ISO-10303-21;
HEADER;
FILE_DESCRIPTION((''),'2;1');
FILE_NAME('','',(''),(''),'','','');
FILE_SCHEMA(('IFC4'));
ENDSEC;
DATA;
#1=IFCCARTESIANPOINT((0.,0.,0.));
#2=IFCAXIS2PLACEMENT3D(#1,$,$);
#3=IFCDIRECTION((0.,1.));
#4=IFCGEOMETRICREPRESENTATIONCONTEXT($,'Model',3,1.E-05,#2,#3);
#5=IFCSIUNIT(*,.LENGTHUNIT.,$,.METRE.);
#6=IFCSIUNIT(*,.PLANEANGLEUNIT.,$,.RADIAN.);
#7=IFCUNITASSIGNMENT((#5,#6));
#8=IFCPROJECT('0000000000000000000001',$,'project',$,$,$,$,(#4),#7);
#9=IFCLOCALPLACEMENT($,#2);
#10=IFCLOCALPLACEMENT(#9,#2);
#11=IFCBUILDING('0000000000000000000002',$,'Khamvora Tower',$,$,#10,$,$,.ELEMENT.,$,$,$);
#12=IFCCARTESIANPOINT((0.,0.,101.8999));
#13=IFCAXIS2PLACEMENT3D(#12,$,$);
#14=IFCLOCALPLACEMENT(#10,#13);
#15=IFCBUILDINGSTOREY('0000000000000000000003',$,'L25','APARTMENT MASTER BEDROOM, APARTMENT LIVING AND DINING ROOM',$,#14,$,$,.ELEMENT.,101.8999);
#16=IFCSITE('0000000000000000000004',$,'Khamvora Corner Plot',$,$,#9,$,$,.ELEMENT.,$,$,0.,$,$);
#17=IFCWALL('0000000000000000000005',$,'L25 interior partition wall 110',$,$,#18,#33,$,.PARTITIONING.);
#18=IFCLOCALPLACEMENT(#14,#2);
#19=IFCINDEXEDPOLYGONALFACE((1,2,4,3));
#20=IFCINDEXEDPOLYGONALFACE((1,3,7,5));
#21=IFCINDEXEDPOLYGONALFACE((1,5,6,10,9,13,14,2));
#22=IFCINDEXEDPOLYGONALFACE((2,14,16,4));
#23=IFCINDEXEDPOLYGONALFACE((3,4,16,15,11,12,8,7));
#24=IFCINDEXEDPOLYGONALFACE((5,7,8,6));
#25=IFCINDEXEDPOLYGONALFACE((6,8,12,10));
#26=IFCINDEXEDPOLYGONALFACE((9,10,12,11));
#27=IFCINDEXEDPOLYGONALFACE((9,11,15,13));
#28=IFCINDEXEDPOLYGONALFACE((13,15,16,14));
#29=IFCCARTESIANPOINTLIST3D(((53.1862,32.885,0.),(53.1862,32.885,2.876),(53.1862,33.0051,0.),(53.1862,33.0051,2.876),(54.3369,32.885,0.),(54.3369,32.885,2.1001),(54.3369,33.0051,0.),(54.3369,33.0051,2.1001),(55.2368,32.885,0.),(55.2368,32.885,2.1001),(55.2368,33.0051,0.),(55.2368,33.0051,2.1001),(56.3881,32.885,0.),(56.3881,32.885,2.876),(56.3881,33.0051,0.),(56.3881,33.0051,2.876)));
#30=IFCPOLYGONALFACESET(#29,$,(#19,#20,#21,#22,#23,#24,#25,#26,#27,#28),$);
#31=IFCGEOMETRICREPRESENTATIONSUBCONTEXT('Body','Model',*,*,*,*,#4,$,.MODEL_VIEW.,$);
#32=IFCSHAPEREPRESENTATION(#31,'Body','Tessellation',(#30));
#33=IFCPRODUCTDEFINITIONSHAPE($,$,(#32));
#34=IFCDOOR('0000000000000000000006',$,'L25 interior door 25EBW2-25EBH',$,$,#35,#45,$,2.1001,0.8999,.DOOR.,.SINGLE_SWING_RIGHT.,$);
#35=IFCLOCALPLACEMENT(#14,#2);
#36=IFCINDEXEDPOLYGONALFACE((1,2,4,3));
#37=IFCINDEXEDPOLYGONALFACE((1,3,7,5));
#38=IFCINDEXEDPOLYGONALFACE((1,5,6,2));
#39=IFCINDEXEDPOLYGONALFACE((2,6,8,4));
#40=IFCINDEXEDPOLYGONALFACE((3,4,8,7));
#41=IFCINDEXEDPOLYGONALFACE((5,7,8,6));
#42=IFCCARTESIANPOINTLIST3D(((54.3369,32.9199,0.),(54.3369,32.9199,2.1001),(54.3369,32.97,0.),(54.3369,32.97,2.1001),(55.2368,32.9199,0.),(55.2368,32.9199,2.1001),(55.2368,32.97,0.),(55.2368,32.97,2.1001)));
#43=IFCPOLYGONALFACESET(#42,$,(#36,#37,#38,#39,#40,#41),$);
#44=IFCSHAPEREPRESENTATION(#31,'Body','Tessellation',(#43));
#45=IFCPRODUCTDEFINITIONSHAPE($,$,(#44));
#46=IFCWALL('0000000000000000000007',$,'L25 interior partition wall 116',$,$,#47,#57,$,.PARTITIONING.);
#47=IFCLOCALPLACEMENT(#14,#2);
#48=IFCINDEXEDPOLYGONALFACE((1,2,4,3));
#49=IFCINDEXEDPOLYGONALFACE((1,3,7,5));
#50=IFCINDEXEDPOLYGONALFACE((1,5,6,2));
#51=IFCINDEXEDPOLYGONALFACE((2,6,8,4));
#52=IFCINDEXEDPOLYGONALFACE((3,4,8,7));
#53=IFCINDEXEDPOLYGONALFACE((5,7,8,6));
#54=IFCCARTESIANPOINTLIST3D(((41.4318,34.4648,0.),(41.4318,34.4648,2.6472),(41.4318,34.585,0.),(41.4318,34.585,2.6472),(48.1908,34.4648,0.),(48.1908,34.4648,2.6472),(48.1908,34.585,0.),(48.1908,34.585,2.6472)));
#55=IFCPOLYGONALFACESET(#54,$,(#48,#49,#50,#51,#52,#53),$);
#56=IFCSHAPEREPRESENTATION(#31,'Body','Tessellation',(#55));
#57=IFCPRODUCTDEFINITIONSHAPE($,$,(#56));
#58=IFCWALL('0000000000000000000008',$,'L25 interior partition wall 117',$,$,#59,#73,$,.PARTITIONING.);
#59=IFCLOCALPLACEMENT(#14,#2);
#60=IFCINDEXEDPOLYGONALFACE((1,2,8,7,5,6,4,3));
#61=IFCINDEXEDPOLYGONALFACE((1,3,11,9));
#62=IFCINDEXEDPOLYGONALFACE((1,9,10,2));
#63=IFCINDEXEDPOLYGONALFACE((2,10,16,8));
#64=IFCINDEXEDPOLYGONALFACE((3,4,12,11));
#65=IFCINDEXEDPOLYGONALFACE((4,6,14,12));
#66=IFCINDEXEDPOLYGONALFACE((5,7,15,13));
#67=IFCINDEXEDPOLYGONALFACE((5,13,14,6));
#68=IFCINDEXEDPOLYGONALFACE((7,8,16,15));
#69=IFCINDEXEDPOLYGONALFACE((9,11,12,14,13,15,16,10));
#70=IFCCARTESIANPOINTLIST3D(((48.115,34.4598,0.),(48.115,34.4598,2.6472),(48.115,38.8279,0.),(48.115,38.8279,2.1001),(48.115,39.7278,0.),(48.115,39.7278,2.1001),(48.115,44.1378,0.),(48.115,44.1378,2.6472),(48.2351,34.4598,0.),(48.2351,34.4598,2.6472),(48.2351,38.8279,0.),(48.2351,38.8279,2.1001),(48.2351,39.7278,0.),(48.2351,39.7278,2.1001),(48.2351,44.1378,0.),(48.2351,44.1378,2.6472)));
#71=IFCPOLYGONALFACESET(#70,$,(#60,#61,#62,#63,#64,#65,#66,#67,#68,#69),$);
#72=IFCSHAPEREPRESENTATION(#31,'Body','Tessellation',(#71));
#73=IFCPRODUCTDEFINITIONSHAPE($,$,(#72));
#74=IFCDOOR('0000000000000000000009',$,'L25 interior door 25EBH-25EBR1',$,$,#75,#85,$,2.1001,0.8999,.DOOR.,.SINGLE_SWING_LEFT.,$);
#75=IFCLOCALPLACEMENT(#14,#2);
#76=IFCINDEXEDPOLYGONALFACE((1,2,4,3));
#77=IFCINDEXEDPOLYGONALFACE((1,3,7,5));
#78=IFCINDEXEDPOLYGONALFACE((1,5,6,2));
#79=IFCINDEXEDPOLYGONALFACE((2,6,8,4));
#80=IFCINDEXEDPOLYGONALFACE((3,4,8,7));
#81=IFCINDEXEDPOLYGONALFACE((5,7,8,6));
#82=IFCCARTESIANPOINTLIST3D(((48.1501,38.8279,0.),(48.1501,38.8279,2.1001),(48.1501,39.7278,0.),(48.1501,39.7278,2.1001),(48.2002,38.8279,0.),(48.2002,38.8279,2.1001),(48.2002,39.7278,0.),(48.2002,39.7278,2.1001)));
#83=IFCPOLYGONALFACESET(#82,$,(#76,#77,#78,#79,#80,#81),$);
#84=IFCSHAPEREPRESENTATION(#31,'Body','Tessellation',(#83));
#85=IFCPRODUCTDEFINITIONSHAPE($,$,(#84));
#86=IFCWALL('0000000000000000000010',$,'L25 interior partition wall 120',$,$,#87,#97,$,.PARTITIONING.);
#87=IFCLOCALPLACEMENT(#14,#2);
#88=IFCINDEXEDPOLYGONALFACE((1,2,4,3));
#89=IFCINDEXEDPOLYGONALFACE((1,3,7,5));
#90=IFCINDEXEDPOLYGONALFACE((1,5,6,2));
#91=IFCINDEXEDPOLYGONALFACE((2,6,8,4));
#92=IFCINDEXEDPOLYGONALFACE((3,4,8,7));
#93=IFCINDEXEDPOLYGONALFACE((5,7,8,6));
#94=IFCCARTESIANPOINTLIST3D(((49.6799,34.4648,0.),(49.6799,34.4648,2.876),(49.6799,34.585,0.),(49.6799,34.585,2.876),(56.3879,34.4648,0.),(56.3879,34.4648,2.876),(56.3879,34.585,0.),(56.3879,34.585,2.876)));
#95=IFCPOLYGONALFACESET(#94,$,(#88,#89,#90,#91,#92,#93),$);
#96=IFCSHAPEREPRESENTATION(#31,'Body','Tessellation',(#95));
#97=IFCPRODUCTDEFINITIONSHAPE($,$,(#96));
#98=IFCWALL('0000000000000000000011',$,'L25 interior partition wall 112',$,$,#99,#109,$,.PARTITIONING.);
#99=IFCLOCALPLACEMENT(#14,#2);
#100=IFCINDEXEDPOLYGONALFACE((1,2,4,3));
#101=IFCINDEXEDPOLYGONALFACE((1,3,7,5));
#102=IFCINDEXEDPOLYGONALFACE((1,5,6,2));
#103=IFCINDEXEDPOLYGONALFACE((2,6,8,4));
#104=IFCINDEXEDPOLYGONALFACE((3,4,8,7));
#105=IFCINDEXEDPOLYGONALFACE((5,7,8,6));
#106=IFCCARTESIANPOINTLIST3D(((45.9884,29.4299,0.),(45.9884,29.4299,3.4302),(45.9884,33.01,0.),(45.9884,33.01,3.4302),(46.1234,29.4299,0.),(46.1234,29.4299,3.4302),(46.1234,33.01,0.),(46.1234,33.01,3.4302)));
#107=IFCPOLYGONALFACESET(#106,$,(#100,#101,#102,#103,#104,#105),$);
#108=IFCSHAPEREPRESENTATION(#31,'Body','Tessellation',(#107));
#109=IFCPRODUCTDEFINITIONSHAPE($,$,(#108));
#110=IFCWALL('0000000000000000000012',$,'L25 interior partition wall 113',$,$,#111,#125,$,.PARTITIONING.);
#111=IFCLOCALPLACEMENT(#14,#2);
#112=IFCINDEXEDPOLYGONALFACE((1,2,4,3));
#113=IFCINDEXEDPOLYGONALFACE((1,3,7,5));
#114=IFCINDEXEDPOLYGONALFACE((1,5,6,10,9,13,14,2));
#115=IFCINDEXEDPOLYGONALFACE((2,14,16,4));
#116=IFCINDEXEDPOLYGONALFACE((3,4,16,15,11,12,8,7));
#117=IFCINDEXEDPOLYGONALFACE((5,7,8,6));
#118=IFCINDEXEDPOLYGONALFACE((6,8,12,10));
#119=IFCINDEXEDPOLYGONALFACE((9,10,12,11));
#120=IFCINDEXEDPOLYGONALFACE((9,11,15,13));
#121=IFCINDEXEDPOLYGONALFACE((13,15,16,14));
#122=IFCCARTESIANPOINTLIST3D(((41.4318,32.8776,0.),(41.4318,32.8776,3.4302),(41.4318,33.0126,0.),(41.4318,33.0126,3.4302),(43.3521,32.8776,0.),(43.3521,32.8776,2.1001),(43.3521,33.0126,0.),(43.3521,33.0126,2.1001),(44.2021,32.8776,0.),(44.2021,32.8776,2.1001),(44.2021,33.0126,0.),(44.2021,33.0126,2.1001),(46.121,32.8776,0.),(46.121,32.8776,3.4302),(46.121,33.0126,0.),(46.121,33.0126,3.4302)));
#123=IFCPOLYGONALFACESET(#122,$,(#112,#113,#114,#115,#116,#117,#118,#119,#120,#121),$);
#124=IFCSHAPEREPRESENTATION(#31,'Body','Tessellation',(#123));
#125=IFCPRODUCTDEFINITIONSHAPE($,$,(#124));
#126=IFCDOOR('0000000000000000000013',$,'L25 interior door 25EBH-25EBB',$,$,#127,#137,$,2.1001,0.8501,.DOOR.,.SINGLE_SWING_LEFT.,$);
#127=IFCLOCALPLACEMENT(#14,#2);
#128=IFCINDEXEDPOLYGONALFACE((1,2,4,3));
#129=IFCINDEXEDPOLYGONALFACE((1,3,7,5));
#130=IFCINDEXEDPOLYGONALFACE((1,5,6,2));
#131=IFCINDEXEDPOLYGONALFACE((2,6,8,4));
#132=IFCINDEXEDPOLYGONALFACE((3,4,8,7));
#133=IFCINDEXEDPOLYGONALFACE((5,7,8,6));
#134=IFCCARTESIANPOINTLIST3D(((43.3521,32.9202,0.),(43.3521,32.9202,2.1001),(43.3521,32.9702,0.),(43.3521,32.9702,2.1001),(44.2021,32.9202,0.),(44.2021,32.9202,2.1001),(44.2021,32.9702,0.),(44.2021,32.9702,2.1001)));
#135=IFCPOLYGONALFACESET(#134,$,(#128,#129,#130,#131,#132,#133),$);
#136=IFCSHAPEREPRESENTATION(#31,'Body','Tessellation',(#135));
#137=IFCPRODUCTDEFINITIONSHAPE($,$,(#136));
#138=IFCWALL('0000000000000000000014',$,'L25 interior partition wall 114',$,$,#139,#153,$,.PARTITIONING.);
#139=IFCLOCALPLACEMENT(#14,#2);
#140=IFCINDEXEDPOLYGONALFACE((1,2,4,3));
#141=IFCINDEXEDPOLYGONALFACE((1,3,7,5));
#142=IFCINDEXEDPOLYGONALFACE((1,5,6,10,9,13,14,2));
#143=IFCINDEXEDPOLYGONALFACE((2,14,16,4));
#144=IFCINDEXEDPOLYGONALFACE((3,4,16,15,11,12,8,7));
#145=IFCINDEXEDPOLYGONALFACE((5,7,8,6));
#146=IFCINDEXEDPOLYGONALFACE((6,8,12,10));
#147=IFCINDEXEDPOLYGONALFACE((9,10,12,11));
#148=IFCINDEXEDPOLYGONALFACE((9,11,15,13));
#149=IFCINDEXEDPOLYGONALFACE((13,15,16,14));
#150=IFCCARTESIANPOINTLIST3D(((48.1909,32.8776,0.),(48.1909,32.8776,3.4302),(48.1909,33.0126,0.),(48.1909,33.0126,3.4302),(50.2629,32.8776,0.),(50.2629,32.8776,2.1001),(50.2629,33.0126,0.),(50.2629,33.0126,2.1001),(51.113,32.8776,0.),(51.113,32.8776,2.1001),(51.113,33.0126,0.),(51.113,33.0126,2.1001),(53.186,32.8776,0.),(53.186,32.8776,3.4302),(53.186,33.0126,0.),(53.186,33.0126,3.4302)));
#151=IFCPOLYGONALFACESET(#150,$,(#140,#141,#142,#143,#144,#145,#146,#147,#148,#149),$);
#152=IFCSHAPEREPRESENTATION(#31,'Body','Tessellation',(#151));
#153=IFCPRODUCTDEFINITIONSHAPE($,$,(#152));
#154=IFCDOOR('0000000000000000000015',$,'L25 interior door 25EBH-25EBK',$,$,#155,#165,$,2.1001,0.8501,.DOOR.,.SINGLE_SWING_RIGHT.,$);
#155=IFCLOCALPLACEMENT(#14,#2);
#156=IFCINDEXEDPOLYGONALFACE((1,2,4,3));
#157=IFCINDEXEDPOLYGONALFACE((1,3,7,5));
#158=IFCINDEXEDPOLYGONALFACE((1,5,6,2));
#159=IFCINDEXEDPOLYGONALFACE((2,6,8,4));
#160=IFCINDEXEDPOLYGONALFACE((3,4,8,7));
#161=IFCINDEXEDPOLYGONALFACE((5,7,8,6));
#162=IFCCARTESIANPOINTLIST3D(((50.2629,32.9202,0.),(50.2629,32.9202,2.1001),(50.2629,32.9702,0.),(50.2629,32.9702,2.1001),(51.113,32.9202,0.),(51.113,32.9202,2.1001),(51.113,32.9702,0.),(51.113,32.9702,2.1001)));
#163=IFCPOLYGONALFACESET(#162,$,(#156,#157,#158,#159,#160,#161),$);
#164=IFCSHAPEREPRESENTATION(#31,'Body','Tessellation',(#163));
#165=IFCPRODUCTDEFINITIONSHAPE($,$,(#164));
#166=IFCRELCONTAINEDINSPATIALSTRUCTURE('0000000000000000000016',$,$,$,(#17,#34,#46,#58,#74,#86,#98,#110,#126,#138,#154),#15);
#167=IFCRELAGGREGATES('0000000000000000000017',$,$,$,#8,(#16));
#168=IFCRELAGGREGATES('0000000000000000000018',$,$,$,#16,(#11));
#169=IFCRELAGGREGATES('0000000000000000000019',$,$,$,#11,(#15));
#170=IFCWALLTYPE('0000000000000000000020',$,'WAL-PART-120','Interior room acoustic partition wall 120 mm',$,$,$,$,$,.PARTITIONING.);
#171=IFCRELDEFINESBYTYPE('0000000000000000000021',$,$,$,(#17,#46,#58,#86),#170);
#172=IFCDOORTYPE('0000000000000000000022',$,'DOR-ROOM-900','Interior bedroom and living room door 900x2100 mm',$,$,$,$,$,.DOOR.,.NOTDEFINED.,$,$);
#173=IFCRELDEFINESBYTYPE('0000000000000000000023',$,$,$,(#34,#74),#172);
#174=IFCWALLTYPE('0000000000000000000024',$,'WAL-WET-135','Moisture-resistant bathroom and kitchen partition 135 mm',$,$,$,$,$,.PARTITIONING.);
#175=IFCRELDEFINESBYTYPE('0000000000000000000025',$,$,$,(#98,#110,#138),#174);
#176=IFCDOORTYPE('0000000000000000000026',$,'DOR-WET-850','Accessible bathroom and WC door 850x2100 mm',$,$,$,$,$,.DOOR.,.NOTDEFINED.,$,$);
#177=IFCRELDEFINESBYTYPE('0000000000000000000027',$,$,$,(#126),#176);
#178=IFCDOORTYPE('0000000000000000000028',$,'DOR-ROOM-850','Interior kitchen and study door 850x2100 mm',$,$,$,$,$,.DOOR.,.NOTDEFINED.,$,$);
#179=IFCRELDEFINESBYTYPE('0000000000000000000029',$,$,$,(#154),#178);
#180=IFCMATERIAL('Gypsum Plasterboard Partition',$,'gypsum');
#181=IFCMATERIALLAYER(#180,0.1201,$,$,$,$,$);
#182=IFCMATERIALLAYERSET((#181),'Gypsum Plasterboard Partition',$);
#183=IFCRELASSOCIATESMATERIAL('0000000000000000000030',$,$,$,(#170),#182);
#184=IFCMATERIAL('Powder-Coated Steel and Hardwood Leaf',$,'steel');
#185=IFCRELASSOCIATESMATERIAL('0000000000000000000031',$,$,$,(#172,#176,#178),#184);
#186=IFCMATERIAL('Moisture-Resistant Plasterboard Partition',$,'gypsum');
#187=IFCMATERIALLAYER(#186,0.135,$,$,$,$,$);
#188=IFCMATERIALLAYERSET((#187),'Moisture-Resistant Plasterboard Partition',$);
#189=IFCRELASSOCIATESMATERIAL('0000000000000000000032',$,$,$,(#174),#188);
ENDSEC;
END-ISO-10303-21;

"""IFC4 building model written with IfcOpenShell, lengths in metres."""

from ifc_helpers import new_model, si_unit, direction, frame, frame_2d, origin, place, context, subcontext, project, spatial, rectangle, extrude, material, layer, layer_set, type_object, element, fill, save


model = new_model("IFC4")

# Units and contexts
model_context = context("Model", 3, precision=1e-05, world=origin(), true_north=direction((0.0, 1.0)))
body_context = subcontext(model_context, "Body", "Model", "MODEL_VIEW")
ifc_project = project(units=[si_unit("LENGTHUNIT", "METRE"), si_unit("PLANEANGLEUNIT", "RADIAN")], contexts=[model_context])

# Site, building, storey
site_placement = place(None, origin())
site = spatial("IfcSite", under=ifc_project, at=site_placement, Name="Khamvora Corner Plot", CompositionType="ELEMENT", RefElevation=0.0)
building_placement = place(site_placement, origin())
building = spatial("IfcBuilding", under=site, at=building_placement, Name="Khamvora Tower", CompositionType="ELEMENT")
storey_placement = place(building_placement, frame((0.0, 0.0, 101.8999)))
storey = spatial("IfcBuildingStorey", under=building, at=storey_placement, Name="L25", Description="APARTMENT MASTER BEDROOM, APARTMENT LIVING AND DINING ROOM", CompositionType="ELEMENT", Elevation=101.8999)

# Shared definitions
ifc_material_1 = material(Name="Powder-Coated Steel and Hardwood Leaf", Category="steel")

# Wall, opening, door
ifc_material_2 = material(Name="Gypsum Plasterboard Partition", Category="gypsum")
ifc_layer_1 = layer(ifc_material_2, 0.1201)
ifc_layer_set_1 = layer_set([ifc_layer_1], Name="Gypsum Plasterboard Partition")
wall_type_1 = type_object("IfcWallType", Name="WAL-PART-120", Description="Interior room acoustic partition wall 120 mm", PredefinedType="PARTITIONING", material=ifc_layer_set_1)
wall_1_placement = place(storey_placement, frame((53.186, 32.9451, 0.0), z_axis=(0.0, 0.0, 1.0), x_axis=(1.0, 0.0, 0.0)))
wall_1 = element("IfcWall", 1, at=wall_1_placement, inside=storey, type_object=wall_type_1, Name="L25 interior partition wall 110", PredefinedType="PARTITIONING", context=body_context, shape_type="SweptSolid", body=[
    extrude(rectangle(XDim=3.2019, YDim=0.1201, at=frame_2d((1.6011, 0.0))), origin(), (0.0, 0.0, 1.0), 2.876),
])
opening_1_placement = place(wall_1_placement, frame((1.1509, 0.0, 0.0)))
opening_1 = element("IfcOpeningElement", 2, at=opening_1_placement, cuts=wall_1, PredefinedType="OPENING", context=body_context, shape_type="SweptSolid", body=[
    extrude(rectangle(XDim=0.8999, YDim=2.1001, at=frame_2d((0.45, 1.05))), frame((0.0, 0.0701, 0.0), z_axis=(0.0, -1.0, 0.0), x_axis=(1.0, 0.0, 0.0)), (0.0, 0.0, 1.0), 0.1401),
])
door_type_1 = type_object("IfcDoorType", Name="DOR-ROOM-900", Description="Interior bedroom and living room door 900x2100 mm", OperationType="NOTDEFINED", PredefinedType="DOOR", material=ifc_material_1)
door_1_placement = place(opening_1_placement, origin())
door_1 = element("IfcDoor", 3, at=door_1_placement, inside=storey, type_object=door_type_1, Name="L25 interior door 25EBW2-25EBH", OperationType="SINGLE_SWING_RIGHT", OverallHeight=2.1001, OverallWidth=0.8999, PredefinedType="DOOR", context=body_context, shape_type="SweptSolid", body=[
    extrude(rectangle(XDim=0.8999, YDim=2.1001, at=frame_2d((0.45, 1.05))), frame((0.0, 0.0249, 0.0), z_axis=(0.0, -1.0, 0.0), x_axis=(1.0, 0.0, 0.0)), (0.0, 0.0, 1.0), 0.05),
])
fill(opening_1, door_1)

# Wall
wall_2_placement = place(storey_placement, frame((41.4319, 34.5249, 0.0), z_axis=(0.0, 0.0, 1.0), x_axis=(1.0, 0.0, 0.0)))
element("IfcWall", 4, at=wall_2_placement, inside=storey, type_object=wall_type_1, Name="L25 interior partition wall 116", PredefinedType="PARTITIONING", context=body_context, shape_type="SweptSolid", body=[
    extrude(rectangle(XDim=6.759, YDim=0.1201, at=frame_2d((3.3794, 0.0))), origin(), (0.0, 0.0, 1.0), 2.6472),
])

# Wall, opening, door
wall_3_placement = place(storey_placement, frame((48.175, 34.46, 0.0), z_axis=(0.0, 0.0, 1.0), x_axis=(0.0, 1.0, 0.0)))
wall_3 = element("IfcWall", 5, at=wall_3_placement, inside=storey, type_object=wall_type_1, Name="L25 interior partition wall 117", PredefinedType="PARTITIONING", context=body_context, shape_type="SweptSolid", body=[
    extrude(rectangle(XDim=9.678, YDim=0.1201, at=frame_2d((4.8389, 0.0))), origin(), (0.0, 0.0, 1.0), 2.6472),
])
opening_2_placement = place(wall_3_placement, frame((4.3679, 0.0, 0.0)))
opening_2 = element("IfcOpeningElement", 6, at=opening_2_placement, cuts=wall_3, PredefinedType="OPENING", context=body_context, shape_type="SweptSolid", body=[
    extrude(rectangle(XDim=0.8999, YDim=2.1001, at=frame_2d((0.45, 1.05))), frame((0.0, 0.0701, 0.0), z_axis=(0.0, -1.0, 0.0), x_axis=(1.0, 0.0, 0.0)), (0.0, 0.0, 1.0), 0.1401),
])
door_2_placement = place(opening_2_placement, origin())
door_2 = element("IfcDoor", 7, at=door_2_placement, inside=storey, type_object=door_type_1, Name="L25 interior door 25EBH-25EBR1", OperationType="SINGLE_SWING_LEFT", OverallHeight=2.1001, OverallWidth=0.8999, PredefinedType="DOOR", context=body_context, shape_type="SweptSolid", body=[
    extrude(rectangle(XDim=0.8999, YDim=2.1001, at=frame_2d((0.45, 1.05))), frame((0.0, 0.0249, 0.0), z_axis=(0.0, -1.0, 0.0), x_axis=(1.0, 0.0, 0.0)), (0.0, 0.0, 1.0), 0.05),
])
fill(opening_2, door_2)

# Walls
wall_4_placement = place(storey_placement, frame((49.6799, 34.5249, 0.0), z_axis=(0.0, 0.0, 1.0), x_axis=(1.0, 0.0, 0.0)))
element("IfcWall", 8, at=wall_4_placement, inside=storey, type_object=wall_type_1, Name="L25 interior partition wall 120", PredefinedType="PARTITIONING", context=body_context, shape_type="SweptSolid", body=[
    extrude(rectangle(XDim=6.708, YDim=0.1201, at=frame_2d((3.354, 0.0))), origin(), (0.0, 0.0, 1.0), 2.876),
])
ifc_material_3 = material(Name="Moisture-Resistant Plasterboard Partition", Category="gypsum")
ifc_layer_2 = layer(ifc_material_3, 0.135)
ifc_layer_set_2 = layer_set([ifc_layer_2], Name="Moisture-Resistant Plasterboard Partition")
wall_type_2 = type_object("IfcWallType", Name="WAL-WET-135", Description="Moisture-resistant bathroom and kitchen partition 135 mm", PredefinedType="PARTITIONING", material=ifc_layer_set_2)
wall_5_placement = place(storey_placement, frame((46.0559, 29.4299, 0.0), z_axis=(0.0, 0.0, 1.0), x_axis=(0.0, 1.0, 0.0)))
element("IfcWall", 9, at=wall_5_placement, inside=storey, type_object=wall_type_2, Name="L25 interior partition wall 112", PredefinedType="PARTITIONING", context=body_context, shape_type="SweptSolid", body=[
    extrude(rectangle(XDim=3.5801, YDim=0.135, at=frame_2d((1.79, 0.0))), origin(), (0.0, 0.0, 1.0), 3.4302),
])

# Walls, openings, doors
wall_6_placement = place(storey_placement, frame((46.1211, 32.9451, 0.0), z_axis=(0.0, 0.0, 1.0), x_axis=(-1.0, 0.0, 0.0)))
wall_6 = element("IfcWall", 10, at=wall_6_placement, inside=storey, type_object=wall_type_2, Name="L25 interior partition wall 113", PredefinedType="PARTITIONING", context=body_context, shape_type="SweptSolid", body=[
    extrude(rectangle(XDim=4.6892, YDim=0.135, at=frame_2d((2.3447, 0.0))), origin(), (0.0, 0.0, 1.0), 3.4302),
])
opening_3_placement = place(wall_6_placement, frame((1.9189, 0.0, 0.0)))
opening_3 = element("IfcOpeningElement", 11, at=opening_3_placement, cuts=wall_6, PredefinedType="OPENING", context=body_context, shape_type="SweptSolid", body=[
    extrude(rectangle(XDim=0.8501, YDim=2.1001, at=frame_2d((0.425, 1.05))), frame((0.0, 0.0774, 0.0), z_axis=(0.0, -1.0, 0.0), x_axis=(1.0, 0.0, 0.0)), (0.0, 0.0, 1.0), 0.155),
])
door_type_2 = type_object("IfcDoorType", Name="DOR-WET-850", Description="Accessible bathroom and WC door 850x2100 mm", OperationType="NOTDEFINED", PredefinedType="DOOR", material=ifc_material_1)
door_3_placement = place(opening_3_placement, origin())
door_3 = element("IfcDoor", 12, at=door_3_placement, inside=storey, type_object=door_type_2, Name="L25 interior door 25EBH-25EBB", OperationType="SINGLE_SWING_LEFT", OverallHeight=2.1001, OverallWidth=0.8501, PredefinedType="DOOR", context=body_context, shape_type="SweptSolid", body=[
    extrude(rectangle(XDim=0.8501, YDim=2.1001, at=frame_2d((0.425, 1.05))), frame((0.0, 0.0249, 0.0), z_axis=(0.0, -1.0, 0.0), x_axis=(1.0, 0.0, 0.0)), (0.0, 0.0, 1.0), 0.05),
])
fill(opening_3, door_3)
wall_7_placement = place(storey_placement, frame((53.186, 32.9451, 0.0), z_axis=(0.0, 0.0, 1.0), x_axis=(-1.0, 0.0, 0.0)))
wall_7 = element("IfcWall", 13, at=wall_7_placement, inside=storey, type_object=wall_type_2, Name="L25 interior partition wall 114", PredefinedType="PARTITIONING", context=body_context, shape_type="SweptSolid", body=[
    extrude(rectangle(XDim=4.9951, YDim=0.135, at=frame_2d((2.4976, 0.0))), origin(), (0.0, 0.0, 1.0), 3.4302),
])
opening_4_placement = place(wall_7_placement, frame((2.073, 0.0, 0.0)))
opening_4 = element("IfcOpeningElement", 14, at=opening_4_placement, cuts=wall_7, PredefinedType="OPENING", context=body_context, shape_type="SweptSolid", body=[
    extrude(rectangle(XDim=0.8501, YDim=2.1001, at=frame_2d((0.425, 1.05))), frame((0.0, 0.0774, 0.0), z_axis=(0.0, -1.0, 0.0), x_axis=(1.0, 0.0, 0.0)), (0.0, 0.0, 1.0), 0.155),
])
door_type_3 = type_object("IfcDoorType", Name="DOR-ROOM-850", Description="Interior kitchen and study door 850x2100 mm", OperationType="NOTDEFINED", PredefinedType="DOOR", material=ifc_material_1)
door_4_placement = place(opening_4_placement, origin())
door_4 = element("IfcDoor", 15, at=door_4_placement, inside=storey, type_object=door_type_3, Name="L25 interior door 25EBH-25EBK", OperationType="SINGLE_SWING_RIGHT", OverallHeight=2.1001, OverallWidth=0.8501, PredefinedType="DOOR", context=body_context, shape_type="SweptSolid", body=[
    extrude(rectangle(XDim=0.8501, YDim=2.1001, at=frame_2d((0.425, 1.05))), frame((0.0, 0.0249, 0.0), z_axis=(0.0, -1.0, 0.0), x_axis=(1.0, 0.0, 0.0)), (0.0, 0.0, 1.0), 0.05),
])
fill(opening_4, door_4)

save(model, "model.ifc")
